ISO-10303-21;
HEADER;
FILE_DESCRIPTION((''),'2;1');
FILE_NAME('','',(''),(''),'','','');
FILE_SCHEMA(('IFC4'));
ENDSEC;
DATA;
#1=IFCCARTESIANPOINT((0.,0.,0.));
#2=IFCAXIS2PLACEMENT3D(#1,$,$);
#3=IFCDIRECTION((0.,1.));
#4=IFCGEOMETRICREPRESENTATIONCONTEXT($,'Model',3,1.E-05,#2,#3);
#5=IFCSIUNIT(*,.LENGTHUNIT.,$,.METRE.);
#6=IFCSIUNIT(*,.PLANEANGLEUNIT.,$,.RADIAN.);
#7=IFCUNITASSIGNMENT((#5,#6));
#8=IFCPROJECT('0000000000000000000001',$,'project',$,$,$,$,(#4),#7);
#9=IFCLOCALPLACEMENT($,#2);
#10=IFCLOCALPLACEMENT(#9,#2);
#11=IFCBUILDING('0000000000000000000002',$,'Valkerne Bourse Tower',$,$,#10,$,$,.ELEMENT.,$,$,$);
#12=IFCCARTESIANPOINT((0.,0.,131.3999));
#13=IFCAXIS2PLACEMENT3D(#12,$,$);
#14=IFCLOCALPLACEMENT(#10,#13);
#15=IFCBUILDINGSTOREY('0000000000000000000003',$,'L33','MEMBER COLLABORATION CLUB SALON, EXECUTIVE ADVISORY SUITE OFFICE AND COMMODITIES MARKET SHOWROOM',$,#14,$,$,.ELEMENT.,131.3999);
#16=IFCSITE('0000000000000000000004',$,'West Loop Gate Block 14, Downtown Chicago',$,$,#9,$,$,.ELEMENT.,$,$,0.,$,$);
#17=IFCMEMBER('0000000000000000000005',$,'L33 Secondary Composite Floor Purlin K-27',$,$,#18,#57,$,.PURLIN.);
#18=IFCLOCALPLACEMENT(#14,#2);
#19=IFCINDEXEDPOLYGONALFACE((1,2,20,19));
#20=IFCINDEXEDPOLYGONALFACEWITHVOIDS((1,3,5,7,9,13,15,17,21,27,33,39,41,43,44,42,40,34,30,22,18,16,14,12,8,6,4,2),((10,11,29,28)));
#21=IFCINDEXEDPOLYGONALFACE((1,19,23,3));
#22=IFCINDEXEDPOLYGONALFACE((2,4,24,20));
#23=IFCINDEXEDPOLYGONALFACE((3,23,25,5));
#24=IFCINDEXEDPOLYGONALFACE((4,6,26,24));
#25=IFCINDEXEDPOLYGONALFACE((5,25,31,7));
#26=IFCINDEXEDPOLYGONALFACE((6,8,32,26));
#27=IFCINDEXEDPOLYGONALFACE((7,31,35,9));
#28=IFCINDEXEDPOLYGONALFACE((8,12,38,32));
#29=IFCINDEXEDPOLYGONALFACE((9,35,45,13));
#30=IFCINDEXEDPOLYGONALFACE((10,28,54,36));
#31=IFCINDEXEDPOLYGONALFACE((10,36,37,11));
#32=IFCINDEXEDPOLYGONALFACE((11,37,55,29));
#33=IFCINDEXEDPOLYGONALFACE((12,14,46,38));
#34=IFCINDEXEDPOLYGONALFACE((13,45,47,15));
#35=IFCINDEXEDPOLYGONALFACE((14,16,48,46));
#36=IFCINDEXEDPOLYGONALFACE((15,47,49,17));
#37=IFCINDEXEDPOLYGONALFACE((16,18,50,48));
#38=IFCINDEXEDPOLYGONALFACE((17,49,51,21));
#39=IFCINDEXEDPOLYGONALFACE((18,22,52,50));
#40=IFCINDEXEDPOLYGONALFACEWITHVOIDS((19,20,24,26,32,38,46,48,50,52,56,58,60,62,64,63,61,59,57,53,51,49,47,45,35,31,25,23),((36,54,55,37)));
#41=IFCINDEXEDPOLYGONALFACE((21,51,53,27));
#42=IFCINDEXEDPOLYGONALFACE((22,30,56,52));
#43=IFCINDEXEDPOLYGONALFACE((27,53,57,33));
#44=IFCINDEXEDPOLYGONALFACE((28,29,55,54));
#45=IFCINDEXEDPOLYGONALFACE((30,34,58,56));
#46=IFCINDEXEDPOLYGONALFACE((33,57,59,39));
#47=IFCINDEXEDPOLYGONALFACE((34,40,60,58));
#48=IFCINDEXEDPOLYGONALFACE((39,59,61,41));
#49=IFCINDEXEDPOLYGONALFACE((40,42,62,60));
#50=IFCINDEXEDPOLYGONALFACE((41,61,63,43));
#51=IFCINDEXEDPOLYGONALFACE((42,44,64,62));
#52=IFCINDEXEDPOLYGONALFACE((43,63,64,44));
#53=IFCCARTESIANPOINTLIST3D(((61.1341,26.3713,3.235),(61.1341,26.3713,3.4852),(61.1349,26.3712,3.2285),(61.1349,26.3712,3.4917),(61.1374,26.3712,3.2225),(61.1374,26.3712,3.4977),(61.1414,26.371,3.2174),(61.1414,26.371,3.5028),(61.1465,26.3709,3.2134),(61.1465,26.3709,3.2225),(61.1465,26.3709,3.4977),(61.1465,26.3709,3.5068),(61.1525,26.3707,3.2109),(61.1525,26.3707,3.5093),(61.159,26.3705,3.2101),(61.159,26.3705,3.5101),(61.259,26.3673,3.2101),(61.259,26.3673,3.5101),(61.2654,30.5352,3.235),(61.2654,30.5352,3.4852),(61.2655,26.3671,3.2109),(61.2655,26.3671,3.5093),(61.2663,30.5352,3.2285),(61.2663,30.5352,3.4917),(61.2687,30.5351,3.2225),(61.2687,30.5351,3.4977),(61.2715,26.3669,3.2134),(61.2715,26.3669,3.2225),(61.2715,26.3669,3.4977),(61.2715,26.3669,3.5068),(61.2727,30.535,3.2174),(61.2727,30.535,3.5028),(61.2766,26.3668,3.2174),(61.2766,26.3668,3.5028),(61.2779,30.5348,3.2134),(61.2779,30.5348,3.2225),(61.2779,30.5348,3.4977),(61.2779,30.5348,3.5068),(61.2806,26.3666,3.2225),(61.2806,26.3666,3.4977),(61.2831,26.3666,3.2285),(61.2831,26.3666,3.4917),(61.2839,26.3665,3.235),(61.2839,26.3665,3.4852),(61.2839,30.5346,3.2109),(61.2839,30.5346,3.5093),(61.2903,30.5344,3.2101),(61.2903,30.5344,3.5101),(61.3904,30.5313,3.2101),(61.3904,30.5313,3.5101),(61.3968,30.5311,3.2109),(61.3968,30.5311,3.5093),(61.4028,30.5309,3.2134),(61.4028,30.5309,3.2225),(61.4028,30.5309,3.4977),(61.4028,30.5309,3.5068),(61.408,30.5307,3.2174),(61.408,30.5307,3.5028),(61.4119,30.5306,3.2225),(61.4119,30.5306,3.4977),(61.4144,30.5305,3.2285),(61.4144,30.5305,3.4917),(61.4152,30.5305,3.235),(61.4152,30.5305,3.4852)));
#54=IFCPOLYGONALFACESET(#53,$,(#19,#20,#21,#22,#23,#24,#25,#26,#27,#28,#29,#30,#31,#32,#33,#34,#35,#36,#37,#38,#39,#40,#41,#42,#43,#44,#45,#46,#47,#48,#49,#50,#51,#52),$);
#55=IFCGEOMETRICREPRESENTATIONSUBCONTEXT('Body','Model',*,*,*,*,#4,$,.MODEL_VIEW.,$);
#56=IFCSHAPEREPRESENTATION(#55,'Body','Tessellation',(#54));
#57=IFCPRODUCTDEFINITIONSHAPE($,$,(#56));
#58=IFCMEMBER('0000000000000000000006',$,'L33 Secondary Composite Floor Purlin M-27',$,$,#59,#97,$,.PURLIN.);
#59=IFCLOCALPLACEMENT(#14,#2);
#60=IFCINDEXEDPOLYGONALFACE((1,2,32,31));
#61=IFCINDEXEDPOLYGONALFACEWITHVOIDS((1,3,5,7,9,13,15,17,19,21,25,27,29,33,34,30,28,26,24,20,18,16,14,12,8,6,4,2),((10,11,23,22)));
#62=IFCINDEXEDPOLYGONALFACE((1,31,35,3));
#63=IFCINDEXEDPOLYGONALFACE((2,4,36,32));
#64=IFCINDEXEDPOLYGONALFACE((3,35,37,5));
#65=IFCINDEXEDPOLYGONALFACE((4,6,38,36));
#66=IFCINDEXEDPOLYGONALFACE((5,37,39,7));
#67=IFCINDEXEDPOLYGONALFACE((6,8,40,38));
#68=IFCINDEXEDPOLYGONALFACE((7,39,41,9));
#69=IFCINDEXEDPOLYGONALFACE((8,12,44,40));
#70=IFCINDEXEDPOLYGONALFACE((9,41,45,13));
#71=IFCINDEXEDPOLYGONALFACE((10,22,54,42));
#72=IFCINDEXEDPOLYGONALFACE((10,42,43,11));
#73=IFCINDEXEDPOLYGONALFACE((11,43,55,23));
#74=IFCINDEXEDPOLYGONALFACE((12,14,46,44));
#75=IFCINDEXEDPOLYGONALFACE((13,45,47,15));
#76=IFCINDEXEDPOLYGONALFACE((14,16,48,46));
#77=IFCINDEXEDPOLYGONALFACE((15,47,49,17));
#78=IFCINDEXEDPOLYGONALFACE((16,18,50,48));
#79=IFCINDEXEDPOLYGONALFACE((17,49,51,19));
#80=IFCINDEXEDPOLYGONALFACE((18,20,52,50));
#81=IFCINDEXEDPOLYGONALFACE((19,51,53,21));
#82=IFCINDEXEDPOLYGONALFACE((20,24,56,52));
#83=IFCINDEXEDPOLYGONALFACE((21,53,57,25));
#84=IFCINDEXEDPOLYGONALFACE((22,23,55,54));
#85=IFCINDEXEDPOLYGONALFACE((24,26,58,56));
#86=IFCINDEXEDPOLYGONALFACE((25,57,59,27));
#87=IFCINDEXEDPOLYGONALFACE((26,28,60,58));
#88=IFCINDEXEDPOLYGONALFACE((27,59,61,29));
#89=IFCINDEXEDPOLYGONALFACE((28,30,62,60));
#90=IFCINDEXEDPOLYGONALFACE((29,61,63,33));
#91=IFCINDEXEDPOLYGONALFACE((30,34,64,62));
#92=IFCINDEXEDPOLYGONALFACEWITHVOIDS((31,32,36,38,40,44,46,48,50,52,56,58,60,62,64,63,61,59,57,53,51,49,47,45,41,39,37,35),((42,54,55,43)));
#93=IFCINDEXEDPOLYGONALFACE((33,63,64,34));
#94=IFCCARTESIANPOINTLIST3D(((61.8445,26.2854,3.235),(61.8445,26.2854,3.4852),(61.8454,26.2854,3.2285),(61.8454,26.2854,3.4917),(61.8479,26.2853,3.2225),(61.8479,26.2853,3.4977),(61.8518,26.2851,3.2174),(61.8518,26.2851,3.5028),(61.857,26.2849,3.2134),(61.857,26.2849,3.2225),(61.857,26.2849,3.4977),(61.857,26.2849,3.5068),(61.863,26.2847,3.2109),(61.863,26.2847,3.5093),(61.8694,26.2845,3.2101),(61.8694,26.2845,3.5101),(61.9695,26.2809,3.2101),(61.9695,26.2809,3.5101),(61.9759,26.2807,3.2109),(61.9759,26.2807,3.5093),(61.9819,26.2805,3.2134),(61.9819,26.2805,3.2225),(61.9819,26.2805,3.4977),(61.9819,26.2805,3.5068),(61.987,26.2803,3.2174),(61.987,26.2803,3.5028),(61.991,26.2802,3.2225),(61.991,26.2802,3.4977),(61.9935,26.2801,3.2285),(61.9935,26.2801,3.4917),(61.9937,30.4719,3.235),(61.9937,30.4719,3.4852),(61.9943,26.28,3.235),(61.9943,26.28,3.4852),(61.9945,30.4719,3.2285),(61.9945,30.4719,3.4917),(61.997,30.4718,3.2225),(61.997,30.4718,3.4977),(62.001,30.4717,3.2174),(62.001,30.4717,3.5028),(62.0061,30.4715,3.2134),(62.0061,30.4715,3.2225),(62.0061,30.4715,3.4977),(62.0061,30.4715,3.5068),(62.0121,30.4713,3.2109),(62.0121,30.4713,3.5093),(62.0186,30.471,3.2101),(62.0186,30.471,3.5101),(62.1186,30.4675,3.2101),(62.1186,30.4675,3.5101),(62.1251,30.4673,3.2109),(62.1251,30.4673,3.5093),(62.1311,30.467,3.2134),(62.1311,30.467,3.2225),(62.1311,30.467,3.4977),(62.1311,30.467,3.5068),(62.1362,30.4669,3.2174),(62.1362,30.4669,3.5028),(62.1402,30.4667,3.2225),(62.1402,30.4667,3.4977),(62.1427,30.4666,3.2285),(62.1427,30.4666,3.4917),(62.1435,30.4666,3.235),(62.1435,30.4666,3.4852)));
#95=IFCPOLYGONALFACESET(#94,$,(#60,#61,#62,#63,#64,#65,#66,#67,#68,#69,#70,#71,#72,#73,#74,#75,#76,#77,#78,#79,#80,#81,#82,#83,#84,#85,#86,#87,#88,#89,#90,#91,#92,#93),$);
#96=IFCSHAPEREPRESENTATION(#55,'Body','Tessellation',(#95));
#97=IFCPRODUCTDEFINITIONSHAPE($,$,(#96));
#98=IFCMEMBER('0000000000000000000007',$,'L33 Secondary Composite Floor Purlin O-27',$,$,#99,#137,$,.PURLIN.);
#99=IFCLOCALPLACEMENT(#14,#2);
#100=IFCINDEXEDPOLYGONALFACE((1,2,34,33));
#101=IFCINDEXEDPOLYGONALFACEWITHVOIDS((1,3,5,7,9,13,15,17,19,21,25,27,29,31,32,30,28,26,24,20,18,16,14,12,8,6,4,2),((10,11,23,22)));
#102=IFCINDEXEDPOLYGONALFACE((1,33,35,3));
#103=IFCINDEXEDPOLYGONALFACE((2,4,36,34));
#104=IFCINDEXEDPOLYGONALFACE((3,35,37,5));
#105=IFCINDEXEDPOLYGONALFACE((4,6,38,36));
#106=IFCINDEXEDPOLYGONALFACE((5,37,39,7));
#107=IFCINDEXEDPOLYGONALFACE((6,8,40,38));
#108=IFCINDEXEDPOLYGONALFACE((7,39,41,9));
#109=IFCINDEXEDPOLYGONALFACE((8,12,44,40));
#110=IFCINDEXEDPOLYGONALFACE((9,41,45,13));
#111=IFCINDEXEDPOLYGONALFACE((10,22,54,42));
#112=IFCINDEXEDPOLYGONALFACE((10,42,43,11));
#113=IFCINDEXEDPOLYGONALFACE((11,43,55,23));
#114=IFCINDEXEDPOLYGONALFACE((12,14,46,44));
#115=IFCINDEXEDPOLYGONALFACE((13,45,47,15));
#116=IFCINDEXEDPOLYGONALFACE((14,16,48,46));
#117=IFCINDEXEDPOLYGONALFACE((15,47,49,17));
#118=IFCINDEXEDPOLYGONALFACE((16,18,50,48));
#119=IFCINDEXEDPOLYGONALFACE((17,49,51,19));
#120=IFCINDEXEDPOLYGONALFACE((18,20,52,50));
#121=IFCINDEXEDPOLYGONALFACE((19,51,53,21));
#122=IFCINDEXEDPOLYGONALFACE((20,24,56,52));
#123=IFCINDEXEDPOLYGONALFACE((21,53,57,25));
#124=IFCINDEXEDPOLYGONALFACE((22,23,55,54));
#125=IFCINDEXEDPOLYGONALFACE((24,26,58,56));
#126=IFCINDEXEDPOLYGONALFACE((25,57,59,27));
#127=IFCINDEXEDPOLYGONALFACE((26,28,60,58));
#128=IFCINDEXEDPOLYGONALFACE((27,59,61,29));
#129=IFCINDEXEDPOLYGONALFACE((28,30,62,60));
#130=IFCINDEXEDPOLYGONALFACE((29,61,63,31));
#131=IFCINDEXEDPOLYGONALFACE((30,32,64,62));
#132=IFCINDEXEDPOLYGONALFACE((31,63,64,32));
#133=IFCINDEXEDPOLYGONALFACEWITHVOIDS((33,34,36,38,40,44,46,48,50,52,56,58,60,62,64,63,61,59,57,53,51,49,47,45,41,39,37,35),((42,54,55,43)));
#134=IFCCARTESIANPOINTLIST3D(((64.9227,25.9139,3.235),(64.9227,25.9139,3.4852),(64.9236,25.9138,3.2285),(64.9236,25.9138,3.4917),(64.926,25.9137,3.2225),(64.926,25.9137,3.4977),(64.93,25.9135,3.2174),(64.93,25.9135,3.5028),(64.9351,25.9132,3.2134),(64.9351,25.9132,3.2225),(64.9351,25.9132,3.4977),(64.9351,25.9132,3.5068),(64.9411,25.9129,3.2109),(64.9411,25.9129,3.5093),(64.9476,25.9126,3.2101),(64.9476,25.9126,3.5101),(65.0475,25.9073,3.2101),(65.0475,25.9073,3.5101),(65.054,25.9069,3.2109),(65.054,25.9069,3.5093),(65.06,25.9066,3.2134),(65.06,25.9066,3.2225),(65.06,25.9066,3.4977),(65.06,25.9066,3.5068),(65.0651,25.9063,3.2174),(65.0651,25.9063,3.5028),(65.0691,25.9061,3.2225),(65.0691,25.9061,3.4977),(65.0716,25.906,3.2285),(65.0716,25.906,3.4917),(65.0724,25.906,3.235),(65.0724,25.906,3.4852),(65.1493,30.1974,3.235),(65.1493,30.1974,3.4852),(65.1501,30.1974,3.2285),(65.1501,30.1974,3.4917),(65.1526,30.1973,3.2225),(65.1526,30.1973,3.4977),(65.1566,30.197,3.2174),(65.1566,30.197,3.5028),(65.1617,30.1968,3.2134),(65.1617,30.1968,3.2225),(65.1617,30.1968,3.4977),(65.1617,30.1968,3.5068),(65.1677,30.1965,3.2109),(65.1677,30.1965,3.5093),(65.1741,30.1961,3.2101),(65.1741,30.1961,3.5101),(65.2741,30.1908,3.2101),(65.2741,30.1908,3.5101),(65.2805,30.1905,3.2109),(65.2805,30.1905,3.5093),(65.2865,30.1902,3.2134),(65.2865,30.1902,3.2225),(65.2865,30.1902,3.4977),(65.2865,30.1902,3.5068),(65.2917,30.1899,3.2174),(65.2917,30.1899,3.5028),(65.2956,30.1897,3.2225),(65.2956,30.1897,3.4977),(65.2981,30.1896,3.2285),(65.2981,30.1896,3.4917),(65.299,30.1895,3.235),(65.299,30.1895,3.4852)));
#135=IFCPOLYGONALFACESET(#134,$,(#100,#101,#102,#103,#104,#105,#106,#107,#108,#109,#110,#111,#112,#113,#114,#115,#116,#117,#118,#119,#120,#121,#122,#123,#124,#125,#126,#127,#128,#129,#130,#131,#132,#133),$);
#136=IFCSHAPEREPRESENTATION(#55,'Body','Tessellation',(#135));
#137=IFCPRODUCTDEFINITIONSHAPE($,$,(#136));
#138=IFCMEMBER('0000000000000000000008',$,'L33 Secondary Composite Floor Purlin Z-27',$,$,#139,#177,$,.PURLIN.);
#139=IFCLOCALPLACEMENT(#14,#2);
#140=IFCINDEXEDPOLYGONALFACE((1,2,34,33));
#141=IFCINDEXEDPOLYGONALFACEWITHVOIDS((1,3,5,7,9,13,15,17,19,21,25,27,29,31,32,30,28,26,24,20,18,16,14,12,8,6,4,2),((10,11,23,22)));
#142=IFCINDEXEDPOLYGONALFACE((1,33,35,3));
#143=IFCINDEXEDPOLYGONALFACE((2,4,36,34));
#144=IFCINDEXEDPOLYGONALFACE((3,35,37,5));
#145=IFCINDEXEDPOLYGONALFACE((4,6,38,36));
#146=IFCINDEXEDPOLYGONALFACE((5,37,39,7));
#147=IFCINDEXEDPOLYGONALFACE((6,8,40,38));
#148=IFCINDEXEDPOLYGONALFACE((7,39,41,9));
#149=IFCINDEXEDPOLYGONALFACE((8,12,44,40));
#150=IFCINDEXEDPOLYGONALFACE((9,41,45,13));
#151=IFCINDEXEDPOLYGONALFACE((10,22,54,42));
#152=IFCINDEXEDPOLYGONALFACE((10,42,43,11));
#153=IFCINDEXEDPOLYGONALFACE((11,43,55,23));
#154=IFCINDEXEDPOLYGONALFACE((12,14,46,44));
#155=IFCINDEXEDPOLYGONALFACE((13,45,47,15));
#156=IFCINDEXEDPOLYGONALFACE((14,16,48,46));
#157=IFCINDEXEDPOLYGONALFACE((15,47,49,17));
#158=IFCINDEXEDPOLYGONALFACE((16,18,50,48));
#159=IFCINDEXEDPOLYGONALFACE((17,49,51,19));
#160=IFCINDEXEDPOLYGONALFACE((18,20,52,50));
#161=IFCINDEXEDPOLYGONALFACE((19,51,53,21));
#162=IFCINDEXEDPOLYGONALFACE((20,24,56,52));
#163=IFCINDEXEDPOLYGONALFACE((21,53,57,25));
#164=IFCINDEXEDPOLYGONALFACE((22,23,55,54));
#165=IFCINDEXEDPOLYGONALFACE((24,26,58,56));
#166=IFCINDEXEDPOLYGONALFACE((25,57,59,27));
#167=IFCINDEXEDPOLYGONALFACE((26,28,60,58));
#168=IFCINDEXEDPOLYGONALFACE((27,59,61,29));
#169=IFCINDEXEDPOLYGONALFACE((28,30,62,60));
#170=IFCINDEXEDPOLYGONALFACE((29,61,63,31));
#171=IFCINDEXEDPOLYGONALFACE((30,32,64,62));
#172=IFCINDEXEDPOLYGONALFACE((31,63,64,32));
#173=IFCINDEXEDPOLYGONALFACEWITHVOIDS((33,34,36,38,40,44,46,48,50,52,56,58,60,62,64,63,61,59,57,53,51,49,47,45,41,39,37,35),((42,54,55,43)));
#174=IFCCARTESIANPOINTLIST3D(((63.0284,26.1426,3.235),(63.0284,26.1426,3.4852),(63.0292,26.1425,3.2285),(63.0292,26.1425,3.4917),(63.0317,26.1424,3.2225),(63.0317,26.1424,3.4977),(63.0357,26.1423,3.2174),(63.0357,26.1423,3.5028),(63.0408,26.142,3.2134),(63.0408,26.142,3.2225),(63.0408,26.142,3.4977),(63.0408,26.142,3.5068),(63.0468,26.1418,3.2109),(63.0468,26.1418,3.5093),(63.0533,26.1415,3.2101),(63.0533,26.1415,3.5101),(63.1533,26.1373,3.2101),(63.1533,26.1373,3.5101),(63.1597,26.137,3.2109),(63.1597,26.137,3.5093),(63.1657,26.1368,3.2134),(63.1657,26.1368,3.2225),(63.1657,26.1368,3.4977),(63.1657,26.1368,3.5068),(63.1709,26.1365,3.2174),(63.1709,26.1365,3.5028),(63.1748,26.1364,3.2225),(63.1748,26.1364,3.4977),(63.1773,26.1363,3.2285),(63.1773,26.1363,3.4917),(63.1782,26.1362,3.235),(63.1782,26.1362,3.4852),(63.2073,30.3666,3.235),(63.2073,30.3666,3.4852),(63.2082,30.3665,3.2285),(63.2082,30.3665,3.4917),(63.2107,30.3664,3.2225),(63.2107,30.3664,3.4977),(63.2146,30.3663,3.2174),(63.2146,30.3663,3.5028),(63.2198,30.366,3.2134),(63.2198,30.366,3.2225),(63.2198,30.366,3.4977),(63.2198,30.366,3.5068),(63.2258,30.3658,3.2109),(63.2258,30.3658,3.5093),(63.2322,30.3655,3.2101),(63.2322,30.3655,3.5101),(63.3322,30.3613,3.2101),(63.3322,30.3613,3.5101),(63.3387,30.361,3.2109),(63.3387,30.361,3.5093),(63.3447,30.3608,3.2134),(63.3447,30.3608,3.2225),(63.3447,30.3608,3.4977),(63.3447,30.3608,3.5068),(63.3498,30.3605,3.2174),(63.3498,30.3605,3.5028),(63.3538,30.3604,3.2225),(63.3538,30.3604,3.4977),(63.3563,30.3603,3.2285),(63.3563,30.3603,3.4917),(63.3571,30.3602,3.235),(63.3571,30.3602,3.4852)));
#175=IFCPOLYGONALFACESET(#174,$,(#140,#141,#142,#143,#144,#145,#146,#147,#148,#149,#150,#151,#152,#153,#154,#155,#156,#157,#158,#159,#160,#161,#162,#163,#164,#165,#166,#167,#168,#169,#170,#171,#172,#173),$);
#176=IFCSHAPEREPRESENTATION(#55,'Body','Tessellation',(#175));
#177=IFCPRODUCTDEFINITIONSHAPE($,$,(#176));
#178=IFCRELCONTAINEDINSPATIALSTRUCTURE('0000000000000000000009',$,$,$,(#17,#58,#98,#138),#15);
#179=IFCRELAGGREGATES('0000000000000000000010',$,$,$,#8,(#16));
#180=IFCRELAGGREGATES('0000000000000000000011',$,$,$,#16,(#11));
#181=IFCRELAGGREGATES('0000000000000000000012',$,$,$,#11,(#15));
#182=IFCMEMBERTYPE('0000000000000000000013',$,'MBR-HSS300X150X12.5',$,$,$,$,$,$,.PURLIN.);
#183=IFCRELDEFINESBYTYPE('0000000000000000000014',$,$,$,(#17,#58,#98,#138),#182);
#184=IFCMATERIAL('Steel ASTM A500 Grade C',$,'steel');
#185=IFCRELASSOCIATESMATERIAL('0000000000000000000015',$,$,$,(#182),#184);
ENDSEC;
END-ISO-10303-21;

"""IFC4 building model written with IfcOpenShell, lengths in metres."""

from ifc_helpers import new_model, si_unit, direction, frame, origin, origin_2d, place, context, subcontext, project, spatial, hollow_rectangle, extrude, material, material_profile, profile_set, type_object, element, save


model = new_model("IFC4")

# Units and contexts
model_context = context("Model", 3, precision=1e-05, world=origin(), true_north=direction((0.0, 1.0)))
body_context = subcontext(model_context, "Body", "Model", "MODEL_VIEW")
ifc_project = project(units=[si_unit("LENGTHUNIT", "METRE"), si_unit("PLANEANGLEUNIT", "RADIAN")], contexts=[model_context])

# Site, building, storey
site_placement = place(None, origin())
site = spatial("IfcSite", under=ifc_project, at=site_placement, Name="West Loop Gate Block 14, Downtown Chicago", CompositionType="ELEMENT", RefElevation=0.0)
building_placement = place(site_placement, origin())
building = spatial("IfcBuilding", under=site, at=building_placement, Name="Valkerne Bourse Tower", CompositionType="ELEMENT")
storey_placement = place(building_placement, frame((0.0, 0.0, 131.3999)))
storey = spatial("IfcBuildingStorey", under=building, at=storey_placement, Name="L33", Description="MEMBER COLLABORATION CLUB SALON, EXECUTIVE ADVISORY SUITE OFFICE AND COMMODITIES MARKET SHOWROOM", CompositionType="ELEMENT", Elevation=131.3999)

# Members
ifc_material_1 = material(Name="Steel ASTM A500 Grade C", Category="steel")
ifc_material_profile_1 = material_profile(ifc_material_1, hollow_rectangle(XDim=0.1499, YDim=0.3, WallThickness=0.0125, OuterFilletRadius=0.0249, at=origin_2d()), Name="HSS300X150X12.5")
ifc_profile_set_1 = profile_set([ifc_material_profile_1], Name="Steel ASTM A500 Grade C")
member_type_1 = type_object("IfcMemberType", Name="MBR-HSS300X150X12.5", PredefinedType="PURLIN", material=ifc_profile_set_1)
member_1_placement = place(storey_placement, frame((61.209, 26.3689, 3.3601), z_axis=(0.031527, 0.999503, 0.0), x_axis=(-0.999503, 0.031527, 0.0)))
element("IfcMember", 1, at=member_1_placement, inside=storey, type_object=member_type_1, Name="L33 Secondary Composite Floor Purlin K-27", PredefinedType="PURLIN", context=body_context, shape_type="SweptSolid", body=[
    extrude(hollow_rectangle(XDim=0.1499, YDim=0.3, WallThickness=0.0125, OuterFilletRadius=0.0249, at=origin_2d()), origin(), (0.0, 0.0, 1.0), 4.166),
])
member_2_placement = place(storey_placement, frame((61.9194, 26.2827, 3.3601), z_axis=(0.035608, 0.999366, 0.0), x_axis=(-0.999366, 0.035608, 0.0)))
element("IfcMember", 2, at=member_2_placement, inside=storey, type_object=member_type_1, Name="L33 Secondary Composite Floor Purlin M-27", PredefinedType="PURLIN", context=body_context, shape_type="SweptSolid", body=[
    extrude(hollow_rectangle(XDim=0.1499, YDim=0.3, WallThickness=0.0125, OuterFilletRadius=0.0249, at=origin_2d()), origin(), (0.0, 0.0, 1.0), 4.1892),
])
member_3_placement = place(storey_placement, frame((64.9976, 25.9099, 3.3601), z_axis=(0.052819, 0.998604, 0.0), x_axis=(-0.998604, 0.052819, 0.0)))
element("IfcMember", 3, at=member_3_placement, inside=storey, type_object=member_type_1, Name="L33 Secondary Composite Floor Purlin O-27", PredefinedType="PURLIN", context=body_context, shape_type="SweptSolid", body=[
    extrude(hollow_rectangle(XDim=0.1499, YDim=0.3, WallThickness=0.0125, OuterFilletRadius=0.0249, at=origin_2d()), origin(), (0.0, 0.0, 1.0), 4.2896),
])
member_4_placement = place(storey_placement, frame((63.1033, 26.1394, 3.3601), z_axis=(0.04233, 0.999104, 0.0), x_axis=(-0.999104, 0.04233, 0.0)))
element("IfcMember", 4, at=member_4_placement, inside=storey, type_object=member_type_1, Name="L33 Secondary Composite Floor Purlin Z-27", PredefinedType="PURLIN", context=body_context, shape_type="SweptSolid", body=[
    extrude(hollow_rectangle(XDim=0.1499, YDim=0.3, WallThickness=0.0125, OuterFilletRadius=0.0249, at=origin_2d()), origin(), (0.0, 0.0, 1.0), 4.2278),
])

save(model, "model.ifc")
